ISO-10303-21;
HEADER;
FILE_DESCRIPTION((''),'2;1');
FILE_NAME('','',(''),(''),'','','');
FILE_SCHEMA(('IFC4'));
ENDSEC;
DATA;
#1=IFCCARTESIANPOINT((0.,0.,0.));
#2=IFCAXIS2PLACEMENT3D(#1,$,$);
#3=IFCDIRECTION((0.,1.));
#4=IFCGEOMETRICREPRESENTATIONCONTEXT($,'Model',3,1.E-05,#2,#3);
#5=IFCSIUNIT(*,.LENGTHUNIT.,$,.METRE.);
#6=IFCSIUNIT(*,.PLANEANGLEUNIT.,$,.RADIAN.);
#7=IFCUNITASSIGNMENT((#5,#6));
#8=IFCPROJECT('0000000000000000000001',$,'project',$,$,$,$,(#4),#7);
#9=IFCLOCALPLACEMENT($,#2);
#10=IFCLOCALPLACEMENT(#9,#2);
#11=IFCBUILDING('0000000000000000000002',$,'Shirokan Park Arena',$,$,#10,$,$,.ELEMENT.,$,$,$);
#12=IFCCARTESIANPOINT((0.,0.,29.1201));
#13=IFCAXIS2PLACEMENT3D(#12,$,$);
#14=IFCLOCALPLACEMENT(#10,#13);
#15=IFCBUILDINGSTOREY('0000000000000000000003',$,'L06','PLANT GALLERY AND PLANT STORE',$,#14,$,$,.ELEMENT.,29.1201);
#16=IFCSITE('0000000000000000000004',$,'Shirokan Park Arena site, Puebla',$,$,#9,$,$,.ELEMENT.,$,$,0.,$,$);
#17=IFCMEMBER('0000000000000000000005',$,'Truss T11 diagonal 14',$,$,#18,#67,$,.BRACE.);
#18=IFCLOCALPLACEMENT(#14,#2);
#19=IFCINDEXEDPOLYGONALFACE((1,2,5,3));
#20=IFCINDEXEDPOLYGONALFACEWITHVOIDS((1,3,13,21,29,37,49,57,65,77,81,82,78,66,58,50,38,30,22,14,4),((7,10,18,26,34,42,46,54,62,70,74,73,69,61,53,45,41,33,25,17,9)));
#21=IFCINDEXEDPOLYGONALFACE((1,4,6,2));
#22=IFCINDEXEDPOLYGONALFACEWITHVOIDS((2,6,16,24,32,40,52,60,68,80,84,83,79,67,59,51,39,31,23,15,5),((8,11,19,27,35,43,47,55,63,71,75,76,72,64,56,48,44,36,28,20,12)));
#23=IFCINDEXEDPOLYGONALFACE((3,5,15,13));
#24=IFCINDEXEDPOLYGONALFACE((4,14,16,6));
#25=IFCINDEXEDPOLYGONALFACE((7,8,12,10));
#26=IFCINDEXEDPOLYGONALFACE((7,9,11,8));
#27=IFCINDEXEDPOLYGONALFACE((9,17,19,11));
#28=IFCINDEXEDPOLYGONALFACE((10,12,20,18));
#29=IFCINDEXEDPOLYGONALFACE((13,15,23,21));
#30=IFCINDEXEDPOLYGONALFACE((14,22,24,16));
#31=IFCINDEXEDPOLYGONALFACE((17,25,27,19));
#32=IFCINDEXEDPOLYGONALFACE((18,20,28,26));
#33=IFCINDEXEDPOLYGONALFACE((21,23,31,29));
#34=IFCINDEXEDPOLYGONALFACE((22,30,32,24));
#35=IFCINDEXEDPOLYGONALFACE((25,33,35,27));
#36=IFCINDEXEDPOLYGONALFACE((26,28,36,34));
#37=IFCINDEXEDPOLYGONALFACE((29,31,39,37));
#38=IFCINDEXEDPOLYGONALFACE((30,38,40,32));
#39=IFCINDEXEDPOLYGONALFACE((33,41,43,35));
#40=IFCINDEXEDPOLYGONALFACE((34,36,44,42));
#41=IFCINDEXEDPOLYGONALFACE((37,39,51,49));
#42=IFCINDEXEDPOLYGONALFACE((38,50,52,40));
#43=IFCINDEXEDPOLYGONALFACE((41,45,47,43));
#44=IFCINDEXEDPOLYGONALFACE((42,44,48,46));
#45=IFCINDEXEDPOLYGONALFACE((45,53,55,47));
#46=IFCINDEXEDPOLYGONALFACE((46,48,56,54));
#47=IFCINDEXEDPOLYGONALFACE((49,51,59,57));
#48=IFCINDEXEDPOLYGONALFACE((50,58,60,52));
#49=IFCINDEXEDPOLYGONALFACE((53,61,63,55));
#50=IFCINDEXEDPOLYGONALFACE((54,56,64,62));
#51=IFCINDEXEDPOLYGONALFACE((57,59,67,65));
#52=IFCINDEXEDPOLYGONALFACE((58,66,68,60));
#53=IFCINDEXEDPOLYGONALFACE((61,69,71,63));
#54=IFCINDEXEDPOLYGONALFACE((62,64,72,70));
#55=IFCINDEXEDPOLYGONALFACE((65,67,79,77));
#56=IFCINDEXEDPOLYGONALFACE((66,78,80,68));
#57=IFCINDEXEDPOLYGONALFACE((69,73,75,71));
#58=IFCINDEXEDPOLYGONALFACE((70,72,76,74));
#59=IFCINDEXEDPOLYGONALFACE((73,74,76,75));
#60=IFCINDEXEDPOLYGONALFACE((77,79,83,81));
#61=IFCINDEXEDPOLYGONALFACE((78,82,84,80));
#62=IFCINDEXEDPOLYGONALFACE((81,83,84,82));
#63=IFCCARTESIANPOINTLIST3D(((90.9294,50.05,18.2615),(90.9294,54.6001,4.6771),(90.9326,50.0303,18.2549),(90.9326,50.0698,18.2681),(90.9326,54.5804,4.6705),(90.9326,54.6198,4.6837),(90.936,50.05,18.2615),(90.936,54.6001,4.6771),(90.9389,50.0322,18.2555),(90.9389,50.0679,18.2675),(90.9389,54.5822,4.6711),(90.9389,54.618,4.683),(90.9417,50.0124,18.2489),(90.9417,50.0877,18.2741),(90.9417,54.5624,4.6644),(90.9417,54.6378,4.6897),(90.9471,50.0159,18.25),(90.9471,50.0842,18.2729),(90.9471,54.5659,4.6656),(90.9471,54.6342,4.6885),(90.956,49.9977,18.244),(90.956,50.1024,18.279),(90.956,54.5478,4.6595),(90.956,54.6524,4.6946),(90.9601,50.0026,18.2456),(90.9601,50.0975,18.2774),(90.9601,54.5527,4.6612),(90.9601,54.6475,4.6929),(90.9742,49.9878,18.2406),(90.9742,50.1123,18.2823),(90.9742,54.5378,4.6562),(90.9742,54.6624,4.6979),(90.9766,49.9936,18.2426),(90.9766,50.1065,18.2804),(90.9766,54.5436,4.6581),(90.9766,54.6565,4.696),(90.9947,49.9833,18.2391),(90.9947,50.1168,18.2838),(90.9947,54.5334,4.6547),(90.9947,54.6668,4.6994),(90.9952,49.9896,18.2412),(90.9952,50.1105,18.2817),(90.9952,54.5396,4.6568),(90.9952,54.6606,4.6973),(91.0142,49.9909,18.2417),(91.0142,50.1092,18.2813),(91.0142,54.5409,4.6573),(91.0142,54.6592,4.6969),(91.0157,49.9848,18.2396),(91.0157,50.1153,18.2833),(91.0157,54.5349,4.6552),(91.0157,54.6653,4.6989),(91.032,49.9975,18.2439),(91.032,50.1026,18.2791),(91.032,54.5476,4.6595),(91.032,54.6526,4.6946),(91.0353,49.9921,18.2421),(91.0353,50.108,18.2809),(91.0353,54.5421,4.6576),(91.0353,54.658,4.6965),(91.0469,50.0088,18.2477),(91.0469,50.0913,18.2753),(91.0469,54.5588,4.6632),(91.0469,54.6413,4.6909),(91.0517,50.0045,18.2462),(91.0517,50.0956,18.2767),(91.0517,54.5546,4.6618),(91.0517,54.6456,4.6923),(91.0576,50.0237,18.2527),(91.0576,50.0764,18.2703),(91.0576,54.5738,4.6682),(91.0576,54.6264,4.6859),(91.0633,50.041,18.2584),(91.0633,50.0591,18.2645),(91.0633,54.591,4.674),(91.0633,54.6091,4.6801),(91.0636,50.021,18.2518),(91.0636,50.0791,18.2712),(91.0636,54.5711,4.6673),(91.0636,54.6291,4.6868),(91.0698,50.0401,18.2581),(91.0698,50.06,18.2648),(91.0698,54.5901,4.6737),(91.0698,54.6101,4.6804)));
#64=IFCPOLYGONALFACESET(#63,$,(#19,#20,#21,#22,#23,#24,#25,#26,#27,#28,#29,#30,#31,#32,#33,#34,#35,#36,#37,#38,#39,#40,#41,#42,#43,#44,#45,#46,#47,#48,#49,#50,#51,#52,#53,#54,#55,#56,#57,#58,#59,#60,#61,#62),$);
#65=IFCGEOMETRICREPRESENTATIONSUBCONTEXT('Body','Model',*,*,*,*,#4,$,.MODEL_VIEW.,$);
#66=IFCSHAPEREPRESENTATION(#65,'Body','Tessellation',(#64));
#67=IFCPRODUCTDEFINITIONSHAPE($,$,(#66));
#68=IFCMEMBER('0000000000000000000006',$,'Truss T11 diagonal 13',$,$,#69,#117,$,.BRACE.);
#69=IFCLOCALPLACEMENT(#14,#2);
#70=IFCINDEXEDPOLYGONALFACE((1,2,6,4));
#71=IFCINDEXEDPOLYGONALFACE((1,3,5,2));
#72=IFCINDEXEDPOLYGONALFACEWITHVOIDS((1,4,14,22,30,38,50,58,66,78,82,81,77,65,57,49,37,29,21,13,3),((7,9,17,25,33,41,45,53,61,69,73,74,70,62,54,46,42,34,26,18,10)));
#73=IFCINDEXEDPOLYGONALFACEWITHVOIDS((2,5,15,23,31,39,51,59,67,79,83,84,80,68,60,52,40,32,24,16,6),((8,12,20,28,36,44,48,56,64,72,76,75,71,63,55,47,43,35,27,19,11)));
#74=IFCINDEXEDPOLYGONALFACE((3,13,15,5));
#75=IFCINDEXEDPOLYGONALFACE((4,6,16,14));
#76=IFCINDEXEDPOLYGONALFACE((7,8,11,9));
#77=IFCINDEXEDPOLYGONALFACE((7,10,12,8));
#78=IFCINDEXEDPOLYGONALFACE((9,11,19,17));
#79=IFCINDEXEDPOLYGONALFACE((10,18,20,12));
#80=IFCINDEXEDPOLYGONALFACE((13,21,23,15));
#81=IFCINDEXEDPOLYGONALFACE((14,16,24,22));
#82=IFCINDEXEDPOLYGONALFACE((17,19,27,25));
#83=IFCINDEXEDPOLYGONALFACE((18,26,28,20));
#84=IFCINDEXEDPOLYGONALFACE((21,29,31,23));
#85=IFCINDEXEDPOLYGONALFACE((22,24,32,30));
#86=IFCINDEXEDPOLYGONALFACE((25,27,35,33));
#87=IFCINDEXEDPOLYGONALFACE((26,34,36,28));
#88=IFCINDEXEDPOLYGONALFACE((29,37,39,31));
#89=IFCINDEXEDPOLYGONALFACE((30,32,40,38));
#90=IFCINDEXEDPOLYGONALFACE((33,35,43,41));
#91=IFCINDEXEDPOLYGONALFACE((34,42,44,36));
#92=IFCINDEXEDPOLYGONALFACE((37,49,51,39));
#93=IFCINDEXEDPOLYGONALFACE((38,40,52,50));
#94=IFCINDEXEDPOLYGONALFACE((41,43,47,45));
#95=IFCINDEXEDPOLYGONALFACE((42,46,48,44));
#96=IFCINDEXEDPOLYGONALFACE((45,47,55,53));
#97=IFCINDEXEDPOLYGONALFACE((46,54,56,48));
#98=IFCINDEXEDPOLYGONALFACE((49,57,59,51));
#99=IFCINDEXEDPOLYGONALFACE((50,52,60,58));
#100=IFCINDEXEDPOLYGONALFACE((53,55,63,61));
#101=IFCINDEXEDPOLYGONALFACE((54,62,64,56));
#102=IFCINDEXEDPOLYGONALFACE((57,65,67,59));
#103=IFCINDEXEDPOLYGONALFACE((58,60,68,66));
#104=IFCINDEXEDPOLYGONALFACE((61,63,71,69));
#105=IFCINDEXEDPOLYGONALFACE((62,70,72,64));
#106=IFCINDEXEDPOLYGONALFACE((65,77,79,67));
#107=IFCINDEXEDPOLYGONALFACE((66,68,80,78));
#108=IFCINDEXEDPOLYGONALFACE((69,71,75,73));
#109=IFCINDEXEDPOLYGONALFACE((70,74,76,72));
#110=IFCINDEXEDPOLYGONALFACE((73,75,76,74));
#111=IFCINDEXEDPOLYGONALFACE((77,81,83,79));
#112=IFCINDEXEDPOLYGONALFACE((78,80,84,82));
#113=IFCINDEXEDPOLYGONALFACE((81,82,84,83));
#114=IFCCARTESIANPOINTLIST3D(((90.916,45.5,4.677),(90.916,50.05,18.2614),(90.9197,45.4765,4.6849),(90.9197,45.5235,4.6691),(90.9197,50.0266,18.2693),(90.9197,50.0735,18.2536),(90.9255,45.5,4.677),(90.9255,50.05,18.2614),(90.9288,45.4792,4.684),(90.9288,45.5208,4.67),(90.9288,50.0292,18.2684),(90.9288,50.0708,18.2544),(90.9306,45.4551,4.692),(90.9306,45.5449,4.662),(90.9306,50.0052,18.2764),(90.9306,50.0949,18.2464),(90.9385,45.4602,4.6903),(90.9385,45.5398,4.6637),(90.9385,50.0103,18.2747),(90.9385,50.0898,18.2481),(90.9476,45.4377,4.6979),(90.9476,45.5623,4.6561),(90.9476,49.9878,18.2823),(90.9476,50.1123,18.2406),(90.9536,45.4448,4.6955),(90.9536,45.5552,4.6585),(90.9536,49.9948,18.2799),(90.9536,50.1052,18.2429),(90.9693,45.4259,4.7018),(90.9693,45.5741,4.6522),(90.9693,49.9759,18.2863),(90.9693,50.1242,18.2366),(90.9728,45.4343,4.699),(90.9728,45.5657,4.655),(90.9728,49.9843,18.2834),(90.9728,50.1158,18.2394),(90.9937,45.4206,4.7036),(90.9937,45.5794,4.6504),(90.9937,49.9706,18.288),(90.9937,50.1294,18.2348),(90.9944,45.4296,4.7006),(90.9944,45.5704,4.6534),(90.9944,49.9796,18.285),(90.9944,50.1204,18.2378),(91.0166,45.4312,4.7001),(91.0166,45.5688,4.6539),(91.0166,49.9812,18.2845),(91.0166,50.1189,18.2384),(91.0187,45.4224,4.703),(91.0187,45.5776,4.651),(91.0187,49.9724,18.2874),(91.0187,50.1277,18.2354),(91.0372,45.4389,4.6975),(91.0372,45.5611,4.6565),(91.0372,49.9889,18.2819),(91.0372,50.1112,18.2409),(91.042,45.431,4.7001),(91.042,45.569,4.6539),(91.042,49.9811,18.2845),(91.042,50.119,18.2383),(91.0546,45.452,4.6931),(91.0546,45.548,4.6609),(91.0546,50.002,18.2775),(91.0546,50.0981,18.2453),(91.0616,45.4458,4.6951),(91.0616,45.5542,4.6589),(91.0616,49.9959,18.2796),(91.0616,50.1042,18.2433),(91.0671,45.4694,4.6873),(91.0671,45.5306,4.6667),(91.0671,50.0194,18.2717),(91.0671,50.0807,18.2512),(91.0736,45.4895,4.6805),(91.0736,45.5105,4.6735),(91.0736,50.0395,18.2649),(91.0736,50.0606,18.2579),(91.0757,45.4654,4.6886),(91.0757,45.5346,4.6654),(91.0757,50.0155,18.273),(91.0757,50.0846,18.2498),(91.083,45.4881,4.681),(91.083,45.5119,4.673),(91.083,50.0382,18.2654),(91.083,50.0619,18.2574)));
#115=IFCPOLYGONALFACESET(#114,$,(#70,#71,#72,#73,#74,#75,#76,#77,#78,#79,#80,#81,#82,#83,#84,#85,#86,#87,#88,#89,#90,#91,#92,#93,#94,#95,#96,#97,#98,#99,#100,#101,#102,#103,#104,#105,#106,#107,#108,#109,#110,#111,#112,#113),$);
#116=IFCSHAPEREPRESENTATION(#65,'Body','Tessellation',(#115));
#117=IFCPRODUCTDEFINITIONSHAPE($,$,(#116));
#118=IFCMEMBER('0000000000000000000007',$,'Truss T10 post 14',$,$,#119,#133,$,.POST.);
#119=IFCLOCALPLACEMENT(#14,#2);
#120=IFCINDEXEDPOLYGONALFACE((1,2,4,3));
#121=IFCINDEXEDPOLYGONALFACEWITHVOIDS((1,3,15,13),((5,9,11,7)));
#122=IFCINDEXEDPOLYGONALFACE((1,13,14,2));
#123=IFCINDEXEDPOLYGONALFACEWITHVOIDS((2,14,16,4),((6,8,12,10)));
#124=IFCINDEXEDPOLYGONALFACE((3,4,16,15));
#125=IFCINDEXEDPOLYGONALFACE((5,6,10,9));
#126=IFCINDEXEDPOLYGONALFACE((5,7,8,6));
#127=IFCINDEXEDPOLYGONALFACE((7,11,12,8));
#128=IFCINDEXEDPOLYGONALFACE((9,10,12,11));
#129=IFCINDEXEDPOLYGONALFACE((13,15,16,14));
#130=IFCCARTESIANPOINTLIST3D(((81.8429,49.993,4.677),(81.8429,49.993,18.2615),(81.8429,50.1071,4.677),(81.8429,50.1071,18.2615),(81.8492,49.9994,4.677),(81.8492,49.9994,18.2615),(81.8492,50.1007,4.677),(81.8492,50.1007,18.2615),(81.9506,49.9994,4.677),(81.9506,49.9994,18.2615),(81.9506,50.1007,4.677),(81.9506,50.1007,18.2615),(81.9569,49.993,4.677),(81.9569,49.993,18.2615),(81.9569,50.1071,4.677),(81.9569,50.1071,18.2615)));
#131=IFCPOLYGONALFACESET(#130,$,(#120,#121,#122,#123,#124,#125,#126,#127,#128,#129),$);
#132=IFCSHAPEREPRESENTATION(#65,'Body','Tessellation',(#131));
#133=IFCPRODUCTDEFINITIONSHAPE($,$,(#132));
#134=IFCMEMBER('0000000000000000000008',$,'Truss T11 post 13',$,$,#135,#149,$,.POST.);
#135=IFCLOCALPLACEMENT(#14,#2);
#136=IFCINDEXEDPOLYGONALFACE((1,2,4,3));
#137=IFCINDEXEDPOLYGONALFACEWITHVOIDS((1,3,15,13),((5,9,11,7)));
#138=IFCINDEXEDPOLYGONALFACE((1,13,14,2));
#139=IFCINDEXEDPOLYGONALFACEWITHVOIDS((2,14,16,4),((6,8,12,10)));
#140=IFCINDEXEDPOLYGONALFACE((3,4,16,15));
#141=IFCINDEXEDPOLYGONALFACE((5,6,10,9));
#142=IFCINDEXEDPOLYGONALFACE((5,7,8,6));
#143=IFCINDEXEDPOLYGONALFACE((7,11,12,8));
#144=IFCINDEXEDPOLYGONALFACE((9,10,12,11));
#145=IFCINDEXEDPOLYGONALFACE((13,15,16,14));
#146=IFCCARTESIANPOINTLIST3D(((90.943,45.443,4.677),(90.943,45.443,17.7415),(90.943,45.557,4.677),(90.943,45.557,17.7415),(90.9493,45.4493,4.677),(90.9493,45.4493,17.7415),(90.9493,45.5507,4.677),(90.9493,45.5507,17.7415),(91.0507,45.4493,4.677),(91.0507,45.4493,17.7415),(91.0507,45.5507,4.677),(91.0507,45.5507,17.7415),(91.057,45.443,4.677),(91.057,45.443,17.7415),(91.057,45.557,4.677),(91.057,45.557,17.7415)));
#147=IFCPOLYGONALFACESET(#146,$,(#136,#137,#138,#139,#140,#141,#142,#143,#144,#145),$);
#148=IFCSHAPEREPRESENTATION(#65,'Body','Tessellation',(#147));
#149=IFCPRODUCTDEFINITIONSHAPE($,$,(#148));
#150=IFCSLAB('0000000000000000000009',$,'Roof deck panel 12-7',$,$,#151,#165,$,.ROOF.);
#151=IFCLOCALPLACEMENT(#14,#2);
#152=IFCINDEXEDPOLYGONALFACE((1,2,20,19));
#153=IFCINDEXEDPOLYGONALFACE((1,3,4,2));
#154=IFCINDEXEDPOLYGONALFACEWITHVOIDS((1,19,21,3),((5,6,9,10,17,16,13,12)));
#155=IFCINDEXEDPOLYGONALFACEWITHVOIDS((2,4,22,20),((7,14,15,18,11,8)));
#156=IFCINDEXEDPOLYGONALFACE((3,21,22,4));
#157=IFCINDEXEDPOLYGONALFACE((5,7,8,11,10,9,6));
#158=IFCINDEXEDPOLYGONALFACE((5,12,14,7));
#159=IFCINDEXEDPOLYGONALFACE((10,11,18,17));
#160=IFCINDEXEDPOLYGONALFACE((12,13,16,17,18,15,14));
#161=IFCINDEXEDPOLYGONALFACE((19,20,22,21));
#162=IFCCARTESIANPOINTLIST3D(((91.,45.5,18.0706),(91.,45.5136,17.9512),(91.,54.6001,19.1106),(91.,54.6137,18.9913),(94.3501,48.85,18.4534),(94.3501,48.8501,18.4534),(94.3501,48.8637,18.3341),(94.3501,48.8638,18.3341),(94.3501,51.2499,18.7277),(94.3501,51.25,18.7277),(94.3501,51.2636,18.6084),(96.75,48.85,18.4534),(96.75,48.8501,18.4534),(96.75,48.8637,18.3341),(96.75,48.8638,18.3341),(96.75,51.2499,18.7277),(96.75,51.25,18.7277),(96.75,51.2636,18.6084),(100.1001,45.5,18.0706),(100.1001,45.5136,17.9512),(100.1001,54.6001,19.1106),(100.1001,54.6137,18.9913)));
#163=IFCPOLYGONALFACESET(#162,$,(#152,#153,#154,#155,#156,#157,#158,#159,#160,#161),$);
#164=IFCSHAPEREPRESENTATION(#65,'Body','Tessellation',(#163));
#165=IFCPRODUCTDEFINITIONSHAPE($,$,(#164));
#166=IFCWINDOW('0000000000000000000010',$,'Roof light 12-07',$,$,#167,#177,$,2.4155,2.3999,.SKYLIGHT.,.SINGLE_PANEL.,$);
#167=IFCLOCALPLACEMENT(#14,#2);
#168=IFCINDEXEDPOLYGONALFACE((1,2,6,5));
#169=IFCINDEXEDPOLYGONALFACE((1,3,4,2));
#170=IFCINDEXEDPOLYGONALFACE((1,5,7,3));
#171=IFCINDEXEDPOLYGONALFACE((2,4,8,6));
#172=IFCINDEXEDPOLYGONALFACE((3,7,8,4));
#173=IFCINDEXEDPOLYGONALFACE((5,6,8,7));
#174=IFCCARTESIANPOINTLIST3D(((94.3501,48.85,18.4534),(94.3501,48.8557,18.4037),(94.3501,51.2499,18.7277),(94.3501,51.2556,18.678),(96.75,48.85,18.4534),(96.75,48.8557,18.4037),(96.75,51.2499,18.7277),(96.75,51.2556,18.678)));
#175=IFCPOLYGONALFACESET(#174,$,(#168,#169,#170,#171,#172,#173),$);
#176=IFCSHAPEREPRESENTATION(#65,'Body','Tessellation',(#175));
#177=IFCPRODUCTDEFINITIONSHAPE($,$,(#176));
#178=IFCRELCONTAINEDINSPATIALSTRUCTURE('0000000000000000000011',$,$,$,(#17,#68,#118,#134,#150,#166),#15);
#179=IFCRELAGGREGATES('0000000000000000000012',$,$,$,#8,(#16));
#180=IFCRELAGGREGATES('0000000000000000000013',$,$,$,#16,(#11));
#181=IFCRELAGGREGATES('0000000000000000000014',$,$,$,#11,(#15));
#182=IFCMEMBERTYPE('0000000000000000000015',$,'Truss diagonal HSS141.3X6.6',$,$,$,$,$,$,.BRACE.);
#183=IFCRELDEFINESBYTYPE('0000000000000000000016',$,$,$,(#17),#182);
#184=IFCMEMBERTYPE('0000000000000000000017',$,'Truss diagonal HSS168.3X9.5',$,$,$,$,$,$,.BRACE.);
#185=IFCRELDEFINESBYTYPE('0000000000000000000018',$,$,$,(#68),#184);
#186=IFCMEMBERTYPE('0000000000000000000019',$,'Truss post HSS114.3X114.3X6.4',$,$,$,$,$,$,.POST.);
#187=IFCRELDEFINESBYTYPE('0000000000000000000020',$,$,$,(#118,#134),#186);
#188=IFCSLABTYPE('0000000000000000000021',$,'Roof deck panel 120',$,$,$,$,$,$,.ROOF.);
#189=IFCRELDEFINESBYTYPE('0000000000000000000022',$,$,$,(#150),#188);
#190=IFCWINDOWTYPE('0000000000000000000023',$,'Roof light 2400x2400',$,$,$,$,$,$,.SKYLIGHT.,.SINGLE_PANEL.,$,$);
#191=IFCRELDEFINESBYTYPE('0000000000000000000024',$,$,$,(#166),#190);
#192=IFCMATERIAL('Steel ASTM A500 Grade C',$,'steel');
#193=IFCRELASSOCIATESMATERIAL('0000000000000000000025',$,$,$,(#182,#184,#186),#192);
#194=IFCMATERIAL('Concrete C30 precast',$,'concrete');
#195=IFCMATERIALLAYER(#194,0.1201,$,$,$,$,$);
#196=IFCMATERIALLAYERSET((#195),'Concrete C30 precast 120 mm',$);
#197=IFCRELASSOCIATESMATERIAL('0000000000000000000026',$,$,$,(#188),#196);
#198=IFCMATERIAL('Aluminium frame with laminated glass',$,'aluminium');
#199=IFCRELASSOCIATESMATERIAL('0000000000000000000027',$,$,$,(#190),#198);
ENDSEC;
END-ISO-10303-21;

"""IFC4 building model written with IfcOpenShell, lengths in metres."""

from ifc_helpers import new_model, si_unit, direction, frame, origin, origin_2d, place, context, subcontext, project, spatial, polyline, rectangle, hollow_rectangle, hollow_circle, outline, extrude, material, layer, layer_set, material_profile, profile_set, type_object, element, fill, save


model = new_model("IFC4")

# Units and contexts
model_context = context("Model", 3, precision=1e-05, world=origin(), true_north=direction((0.0, 1.0)))
body_context = subcontext(model_context, "Body", "Model", "MODEL_VIEW")
ifc_project = project(units=[si_unit("LENGTHUNIT", "METRE"), si_unit("PLANEANGLEUNIT", "RADIAN")], contexts=[model_context])

# Site, building, storey
site_placement = place(None, origin())
site = spatial("IfcSite", under=ifc_project, at=site_placement, Name="Shirokan Park Arena site, Puebla", CompositionType="ELEMENT", RefElevation=0.0)
building_placement = place(site_placement, origin())
building = spatial("IfcBuilding", under=site, at=building_placement, Name="Shirokan Park Arena", CompositionType="ELEMENT")
storey_placement = place(building_placement, frame((0.0, 0.0, 29.1201)))
storey = spatial("IfcBuildingStorey", under=building, at=storey_placement, Name="L06", Description="PLANT GALLERY AND PLANT STORE", CompositionType="ELEMENT", Elevation=29.1201)

# Members
ifc_material_1 = material(Name="Steel ASTM A500 Grade C", Category="steel")
ifc_material_profile_1 = material_profile(ifc_material_1, hollow_circle(Radius=0.0706, WallThickness=0.0066, at=origin_2d()), Name="HSS141.3X6.6")
ifc_profile_set_1 = profile_set([ifc_material_profile_1], Name="Steel ASTM A500 Grade C")
member_type_1 = type_object("IfcMemberType", Name="Truss diagonal HSS141.3X6.6", PredefinedType="BRACE", material=ifc_profile_set_1)
for number, where, z_axis, x_axis, name in (
    (1, (91.0, 50.05, 18.2615), (0.0, 0.317603, -0.948224), (-1.0, 0.0, 0.0), "Truss T11 diagonal 14"),
):
    element("IfcMember", number, at=place(storey_placement, frame(where, z_axis=z_axis, x_axis=x_axis)), inside=storey, type_object=member_type_1, Name=name, PredefinedType="BRACE", context=body_context, shape_type="SweptSolid", body=[
        extrude(hollow_circle(Radius=0.0706, WallThickness=0.0066, at=origin_2d()), origin(), (0.0, 0.0, 1.0), 14.3262),
    ])
ifc_material_profile_2 = material_profile(ifc_material_1, hollow_circle(Radius=0.084, WallThickness=0.0095, at=origin_2d()), Name="HSS168.3X9.5")
ifc_profile_set_2 = profile_set([ifc_material_profile_2], Name="Steel ASTM A500 Grade C")
member_type_2 = type_object("IfcMemberType", Name="Truss diagonal HSS168.3X9.5", PredefinedType="BRACE", material=ifc_profile_set_2)
member_1_placement = place(storey_placement, frame((91.0, 45.5, 4.677), z_axis=(0.0, 0.317603, 0.948224), x_axis=(-1.0, 0.0, 0.0)))
element("IfcMember", 2, at=member_1_placement, inside=storey, type_object=member_type_2, Name="Truss T11 diagonal 13", PredefinedType="BRACE", context=body_context, shape_type="SweptSolid", body=[
    extrude(hollow_circle(Radius=0.084, WallThickness=0.0095, at=origin_2d()), origin(), (0.0, 0.0, 1.0), 14.3262),
])
ifc_material_profile_3 = material_profile(ifc_material_1, hollow_rectangle(XDim=0.114, YDim=0.114, WallThickness=0.0063, at=origin_2d()), Name="HSS114.3X114.3X6.4")
ifc_profile_set_3 = profile_set([ifc_material_profile_3], Name="Steel ASTM A500 Grade C")
member_type_3 = type_object("IfcMemberType", Name="Truss post HSS114.3X114.3X6.4", PredefinedType="POST", material=ifc_profile_set_3)
member_2_placement = place(storey_placement, frame((81.8999, 50.05, 4.677), z_axis=(0.0, 0.0, 1.0), x_axis=(1.0, 0.0, 0.0)))
element("IfcMember", 3, at=member_2_placement, inside=storey, type_object=member_type_3, Name="Truss T10 post 14", PredefinedType="POST", context=body_context, shape_type="SweptSolid", body=[
    extrude(hollow_rectangle(XDim=0.114, YDim=0.114, WallThickness=0.0063, at=origin_2d()), origin(), (0.0, 0.0, 1.0), 13.5845),
])
member_3_placement = place(storey_placement, frame((91.0, 45.5, 4.677), z_axis=(0.0, 0.0, 1.0), x_axis=(1.0, 0.0, 0.0)))
element("IfcMember", 4, at=member_3_placement, inside=storey, type_object=member_type_3, Name="Truss T11 post 13", PredefinedType="POST", context=body_context, shape_type="SweptSolid", body=[
    extrude(hollow_rectangle(XDim=0.114, YDim=0.114, WallThickness=0.0063, at=origin_2d()), origin(), (0.0, 0.0, 1.0), 13.0645),
])

# Slab, opening, window
ifc_material_2 = material(Name="Concrete C30 precast", Category="concrete")
ifc_layer_1 = layer(ifc_material_2, 0.1201)
ifc_layer_set_1 = layer_set([ifc_layer_1], Name="Concrete C30 precast 120 mm")
slab_type = type_object("IfcSlabType", Name="Roof deck panel 120", PredefinedType="ROOF", material=ifc_layer_set_1)
slab_placement = place(storey_placement, frame((91.0, 45.5, 18.0706), z_axis=(0.0, -0.11355, 0.993532), x_axis=(1.0, 0.0, 0.0)))
slab = element("IfcSlab", 5, at=slab_placement, inside=storey, type_object=slab_type, Name="Roof deck panel 12-7", PredefinedType="ROOF", context=body_context, shape_type="SweptSolid", body=[
    extrude(outline(polyline([(0.0, 0.0), (9.1001, 0.0), (9.1001, 9.1593), (0.0, 9.1593), (0.0, 0.0)]), holes=[polyline([(3.3501, 3.3719), (5.75, 3.3719), (5.75, 5.7874), (3.3501, 5.7874), (3.3501, 3.3719)])]), origin(), (0.0, 0.0, -1.0), 0.1201),
])
opening_placement = place(slab_placement, frame((4.55, 4.5796, 0.01)))
opening = element("IfcOpeningElement", 6, at=opening_placement, cuts=slab, PredefinedType="OPENING", context=body_context, shape_type="SweptSolid", body=[
    extrude(rectangle(XDim=2.3999, YDim=2.4155, at=origin_2d()), origin(), (0.0, 0.0, -1.0), 0.1399),
])
ifc_material_3 = material(Name="Aluminium frame with laminated glass", Category="aluminium")
window_type = type_object("IfcWindowType", Name="Roof light 2400x2400", PartitioningType="SINGLE_PANEL", PredefinedType="SKYLIGHT", material=ifc_material_3)
window_placement = place(opening_placement, frame((0.0, 0.0, -0.0601)))
window = element("IfcWindow", 7, at=window_placement, inside=storey, type_object=window_type, Name="Roof light 12-07", OverallHeight=2.4155, OverallWidth=2.3999, PartitioningType="SINGLE_PANEL", PredefinedType="SKYLIGHT", context=body_context, shape_type="SweptSolid", body=[
    extrude(rectangle(XDim=2.3999, YDim=2.4155, at=origin_2d()), origin(), (0.0, 0.0, 1.0), 0.05),
])
fill(opening, window)

save(model, "model.ifc")
